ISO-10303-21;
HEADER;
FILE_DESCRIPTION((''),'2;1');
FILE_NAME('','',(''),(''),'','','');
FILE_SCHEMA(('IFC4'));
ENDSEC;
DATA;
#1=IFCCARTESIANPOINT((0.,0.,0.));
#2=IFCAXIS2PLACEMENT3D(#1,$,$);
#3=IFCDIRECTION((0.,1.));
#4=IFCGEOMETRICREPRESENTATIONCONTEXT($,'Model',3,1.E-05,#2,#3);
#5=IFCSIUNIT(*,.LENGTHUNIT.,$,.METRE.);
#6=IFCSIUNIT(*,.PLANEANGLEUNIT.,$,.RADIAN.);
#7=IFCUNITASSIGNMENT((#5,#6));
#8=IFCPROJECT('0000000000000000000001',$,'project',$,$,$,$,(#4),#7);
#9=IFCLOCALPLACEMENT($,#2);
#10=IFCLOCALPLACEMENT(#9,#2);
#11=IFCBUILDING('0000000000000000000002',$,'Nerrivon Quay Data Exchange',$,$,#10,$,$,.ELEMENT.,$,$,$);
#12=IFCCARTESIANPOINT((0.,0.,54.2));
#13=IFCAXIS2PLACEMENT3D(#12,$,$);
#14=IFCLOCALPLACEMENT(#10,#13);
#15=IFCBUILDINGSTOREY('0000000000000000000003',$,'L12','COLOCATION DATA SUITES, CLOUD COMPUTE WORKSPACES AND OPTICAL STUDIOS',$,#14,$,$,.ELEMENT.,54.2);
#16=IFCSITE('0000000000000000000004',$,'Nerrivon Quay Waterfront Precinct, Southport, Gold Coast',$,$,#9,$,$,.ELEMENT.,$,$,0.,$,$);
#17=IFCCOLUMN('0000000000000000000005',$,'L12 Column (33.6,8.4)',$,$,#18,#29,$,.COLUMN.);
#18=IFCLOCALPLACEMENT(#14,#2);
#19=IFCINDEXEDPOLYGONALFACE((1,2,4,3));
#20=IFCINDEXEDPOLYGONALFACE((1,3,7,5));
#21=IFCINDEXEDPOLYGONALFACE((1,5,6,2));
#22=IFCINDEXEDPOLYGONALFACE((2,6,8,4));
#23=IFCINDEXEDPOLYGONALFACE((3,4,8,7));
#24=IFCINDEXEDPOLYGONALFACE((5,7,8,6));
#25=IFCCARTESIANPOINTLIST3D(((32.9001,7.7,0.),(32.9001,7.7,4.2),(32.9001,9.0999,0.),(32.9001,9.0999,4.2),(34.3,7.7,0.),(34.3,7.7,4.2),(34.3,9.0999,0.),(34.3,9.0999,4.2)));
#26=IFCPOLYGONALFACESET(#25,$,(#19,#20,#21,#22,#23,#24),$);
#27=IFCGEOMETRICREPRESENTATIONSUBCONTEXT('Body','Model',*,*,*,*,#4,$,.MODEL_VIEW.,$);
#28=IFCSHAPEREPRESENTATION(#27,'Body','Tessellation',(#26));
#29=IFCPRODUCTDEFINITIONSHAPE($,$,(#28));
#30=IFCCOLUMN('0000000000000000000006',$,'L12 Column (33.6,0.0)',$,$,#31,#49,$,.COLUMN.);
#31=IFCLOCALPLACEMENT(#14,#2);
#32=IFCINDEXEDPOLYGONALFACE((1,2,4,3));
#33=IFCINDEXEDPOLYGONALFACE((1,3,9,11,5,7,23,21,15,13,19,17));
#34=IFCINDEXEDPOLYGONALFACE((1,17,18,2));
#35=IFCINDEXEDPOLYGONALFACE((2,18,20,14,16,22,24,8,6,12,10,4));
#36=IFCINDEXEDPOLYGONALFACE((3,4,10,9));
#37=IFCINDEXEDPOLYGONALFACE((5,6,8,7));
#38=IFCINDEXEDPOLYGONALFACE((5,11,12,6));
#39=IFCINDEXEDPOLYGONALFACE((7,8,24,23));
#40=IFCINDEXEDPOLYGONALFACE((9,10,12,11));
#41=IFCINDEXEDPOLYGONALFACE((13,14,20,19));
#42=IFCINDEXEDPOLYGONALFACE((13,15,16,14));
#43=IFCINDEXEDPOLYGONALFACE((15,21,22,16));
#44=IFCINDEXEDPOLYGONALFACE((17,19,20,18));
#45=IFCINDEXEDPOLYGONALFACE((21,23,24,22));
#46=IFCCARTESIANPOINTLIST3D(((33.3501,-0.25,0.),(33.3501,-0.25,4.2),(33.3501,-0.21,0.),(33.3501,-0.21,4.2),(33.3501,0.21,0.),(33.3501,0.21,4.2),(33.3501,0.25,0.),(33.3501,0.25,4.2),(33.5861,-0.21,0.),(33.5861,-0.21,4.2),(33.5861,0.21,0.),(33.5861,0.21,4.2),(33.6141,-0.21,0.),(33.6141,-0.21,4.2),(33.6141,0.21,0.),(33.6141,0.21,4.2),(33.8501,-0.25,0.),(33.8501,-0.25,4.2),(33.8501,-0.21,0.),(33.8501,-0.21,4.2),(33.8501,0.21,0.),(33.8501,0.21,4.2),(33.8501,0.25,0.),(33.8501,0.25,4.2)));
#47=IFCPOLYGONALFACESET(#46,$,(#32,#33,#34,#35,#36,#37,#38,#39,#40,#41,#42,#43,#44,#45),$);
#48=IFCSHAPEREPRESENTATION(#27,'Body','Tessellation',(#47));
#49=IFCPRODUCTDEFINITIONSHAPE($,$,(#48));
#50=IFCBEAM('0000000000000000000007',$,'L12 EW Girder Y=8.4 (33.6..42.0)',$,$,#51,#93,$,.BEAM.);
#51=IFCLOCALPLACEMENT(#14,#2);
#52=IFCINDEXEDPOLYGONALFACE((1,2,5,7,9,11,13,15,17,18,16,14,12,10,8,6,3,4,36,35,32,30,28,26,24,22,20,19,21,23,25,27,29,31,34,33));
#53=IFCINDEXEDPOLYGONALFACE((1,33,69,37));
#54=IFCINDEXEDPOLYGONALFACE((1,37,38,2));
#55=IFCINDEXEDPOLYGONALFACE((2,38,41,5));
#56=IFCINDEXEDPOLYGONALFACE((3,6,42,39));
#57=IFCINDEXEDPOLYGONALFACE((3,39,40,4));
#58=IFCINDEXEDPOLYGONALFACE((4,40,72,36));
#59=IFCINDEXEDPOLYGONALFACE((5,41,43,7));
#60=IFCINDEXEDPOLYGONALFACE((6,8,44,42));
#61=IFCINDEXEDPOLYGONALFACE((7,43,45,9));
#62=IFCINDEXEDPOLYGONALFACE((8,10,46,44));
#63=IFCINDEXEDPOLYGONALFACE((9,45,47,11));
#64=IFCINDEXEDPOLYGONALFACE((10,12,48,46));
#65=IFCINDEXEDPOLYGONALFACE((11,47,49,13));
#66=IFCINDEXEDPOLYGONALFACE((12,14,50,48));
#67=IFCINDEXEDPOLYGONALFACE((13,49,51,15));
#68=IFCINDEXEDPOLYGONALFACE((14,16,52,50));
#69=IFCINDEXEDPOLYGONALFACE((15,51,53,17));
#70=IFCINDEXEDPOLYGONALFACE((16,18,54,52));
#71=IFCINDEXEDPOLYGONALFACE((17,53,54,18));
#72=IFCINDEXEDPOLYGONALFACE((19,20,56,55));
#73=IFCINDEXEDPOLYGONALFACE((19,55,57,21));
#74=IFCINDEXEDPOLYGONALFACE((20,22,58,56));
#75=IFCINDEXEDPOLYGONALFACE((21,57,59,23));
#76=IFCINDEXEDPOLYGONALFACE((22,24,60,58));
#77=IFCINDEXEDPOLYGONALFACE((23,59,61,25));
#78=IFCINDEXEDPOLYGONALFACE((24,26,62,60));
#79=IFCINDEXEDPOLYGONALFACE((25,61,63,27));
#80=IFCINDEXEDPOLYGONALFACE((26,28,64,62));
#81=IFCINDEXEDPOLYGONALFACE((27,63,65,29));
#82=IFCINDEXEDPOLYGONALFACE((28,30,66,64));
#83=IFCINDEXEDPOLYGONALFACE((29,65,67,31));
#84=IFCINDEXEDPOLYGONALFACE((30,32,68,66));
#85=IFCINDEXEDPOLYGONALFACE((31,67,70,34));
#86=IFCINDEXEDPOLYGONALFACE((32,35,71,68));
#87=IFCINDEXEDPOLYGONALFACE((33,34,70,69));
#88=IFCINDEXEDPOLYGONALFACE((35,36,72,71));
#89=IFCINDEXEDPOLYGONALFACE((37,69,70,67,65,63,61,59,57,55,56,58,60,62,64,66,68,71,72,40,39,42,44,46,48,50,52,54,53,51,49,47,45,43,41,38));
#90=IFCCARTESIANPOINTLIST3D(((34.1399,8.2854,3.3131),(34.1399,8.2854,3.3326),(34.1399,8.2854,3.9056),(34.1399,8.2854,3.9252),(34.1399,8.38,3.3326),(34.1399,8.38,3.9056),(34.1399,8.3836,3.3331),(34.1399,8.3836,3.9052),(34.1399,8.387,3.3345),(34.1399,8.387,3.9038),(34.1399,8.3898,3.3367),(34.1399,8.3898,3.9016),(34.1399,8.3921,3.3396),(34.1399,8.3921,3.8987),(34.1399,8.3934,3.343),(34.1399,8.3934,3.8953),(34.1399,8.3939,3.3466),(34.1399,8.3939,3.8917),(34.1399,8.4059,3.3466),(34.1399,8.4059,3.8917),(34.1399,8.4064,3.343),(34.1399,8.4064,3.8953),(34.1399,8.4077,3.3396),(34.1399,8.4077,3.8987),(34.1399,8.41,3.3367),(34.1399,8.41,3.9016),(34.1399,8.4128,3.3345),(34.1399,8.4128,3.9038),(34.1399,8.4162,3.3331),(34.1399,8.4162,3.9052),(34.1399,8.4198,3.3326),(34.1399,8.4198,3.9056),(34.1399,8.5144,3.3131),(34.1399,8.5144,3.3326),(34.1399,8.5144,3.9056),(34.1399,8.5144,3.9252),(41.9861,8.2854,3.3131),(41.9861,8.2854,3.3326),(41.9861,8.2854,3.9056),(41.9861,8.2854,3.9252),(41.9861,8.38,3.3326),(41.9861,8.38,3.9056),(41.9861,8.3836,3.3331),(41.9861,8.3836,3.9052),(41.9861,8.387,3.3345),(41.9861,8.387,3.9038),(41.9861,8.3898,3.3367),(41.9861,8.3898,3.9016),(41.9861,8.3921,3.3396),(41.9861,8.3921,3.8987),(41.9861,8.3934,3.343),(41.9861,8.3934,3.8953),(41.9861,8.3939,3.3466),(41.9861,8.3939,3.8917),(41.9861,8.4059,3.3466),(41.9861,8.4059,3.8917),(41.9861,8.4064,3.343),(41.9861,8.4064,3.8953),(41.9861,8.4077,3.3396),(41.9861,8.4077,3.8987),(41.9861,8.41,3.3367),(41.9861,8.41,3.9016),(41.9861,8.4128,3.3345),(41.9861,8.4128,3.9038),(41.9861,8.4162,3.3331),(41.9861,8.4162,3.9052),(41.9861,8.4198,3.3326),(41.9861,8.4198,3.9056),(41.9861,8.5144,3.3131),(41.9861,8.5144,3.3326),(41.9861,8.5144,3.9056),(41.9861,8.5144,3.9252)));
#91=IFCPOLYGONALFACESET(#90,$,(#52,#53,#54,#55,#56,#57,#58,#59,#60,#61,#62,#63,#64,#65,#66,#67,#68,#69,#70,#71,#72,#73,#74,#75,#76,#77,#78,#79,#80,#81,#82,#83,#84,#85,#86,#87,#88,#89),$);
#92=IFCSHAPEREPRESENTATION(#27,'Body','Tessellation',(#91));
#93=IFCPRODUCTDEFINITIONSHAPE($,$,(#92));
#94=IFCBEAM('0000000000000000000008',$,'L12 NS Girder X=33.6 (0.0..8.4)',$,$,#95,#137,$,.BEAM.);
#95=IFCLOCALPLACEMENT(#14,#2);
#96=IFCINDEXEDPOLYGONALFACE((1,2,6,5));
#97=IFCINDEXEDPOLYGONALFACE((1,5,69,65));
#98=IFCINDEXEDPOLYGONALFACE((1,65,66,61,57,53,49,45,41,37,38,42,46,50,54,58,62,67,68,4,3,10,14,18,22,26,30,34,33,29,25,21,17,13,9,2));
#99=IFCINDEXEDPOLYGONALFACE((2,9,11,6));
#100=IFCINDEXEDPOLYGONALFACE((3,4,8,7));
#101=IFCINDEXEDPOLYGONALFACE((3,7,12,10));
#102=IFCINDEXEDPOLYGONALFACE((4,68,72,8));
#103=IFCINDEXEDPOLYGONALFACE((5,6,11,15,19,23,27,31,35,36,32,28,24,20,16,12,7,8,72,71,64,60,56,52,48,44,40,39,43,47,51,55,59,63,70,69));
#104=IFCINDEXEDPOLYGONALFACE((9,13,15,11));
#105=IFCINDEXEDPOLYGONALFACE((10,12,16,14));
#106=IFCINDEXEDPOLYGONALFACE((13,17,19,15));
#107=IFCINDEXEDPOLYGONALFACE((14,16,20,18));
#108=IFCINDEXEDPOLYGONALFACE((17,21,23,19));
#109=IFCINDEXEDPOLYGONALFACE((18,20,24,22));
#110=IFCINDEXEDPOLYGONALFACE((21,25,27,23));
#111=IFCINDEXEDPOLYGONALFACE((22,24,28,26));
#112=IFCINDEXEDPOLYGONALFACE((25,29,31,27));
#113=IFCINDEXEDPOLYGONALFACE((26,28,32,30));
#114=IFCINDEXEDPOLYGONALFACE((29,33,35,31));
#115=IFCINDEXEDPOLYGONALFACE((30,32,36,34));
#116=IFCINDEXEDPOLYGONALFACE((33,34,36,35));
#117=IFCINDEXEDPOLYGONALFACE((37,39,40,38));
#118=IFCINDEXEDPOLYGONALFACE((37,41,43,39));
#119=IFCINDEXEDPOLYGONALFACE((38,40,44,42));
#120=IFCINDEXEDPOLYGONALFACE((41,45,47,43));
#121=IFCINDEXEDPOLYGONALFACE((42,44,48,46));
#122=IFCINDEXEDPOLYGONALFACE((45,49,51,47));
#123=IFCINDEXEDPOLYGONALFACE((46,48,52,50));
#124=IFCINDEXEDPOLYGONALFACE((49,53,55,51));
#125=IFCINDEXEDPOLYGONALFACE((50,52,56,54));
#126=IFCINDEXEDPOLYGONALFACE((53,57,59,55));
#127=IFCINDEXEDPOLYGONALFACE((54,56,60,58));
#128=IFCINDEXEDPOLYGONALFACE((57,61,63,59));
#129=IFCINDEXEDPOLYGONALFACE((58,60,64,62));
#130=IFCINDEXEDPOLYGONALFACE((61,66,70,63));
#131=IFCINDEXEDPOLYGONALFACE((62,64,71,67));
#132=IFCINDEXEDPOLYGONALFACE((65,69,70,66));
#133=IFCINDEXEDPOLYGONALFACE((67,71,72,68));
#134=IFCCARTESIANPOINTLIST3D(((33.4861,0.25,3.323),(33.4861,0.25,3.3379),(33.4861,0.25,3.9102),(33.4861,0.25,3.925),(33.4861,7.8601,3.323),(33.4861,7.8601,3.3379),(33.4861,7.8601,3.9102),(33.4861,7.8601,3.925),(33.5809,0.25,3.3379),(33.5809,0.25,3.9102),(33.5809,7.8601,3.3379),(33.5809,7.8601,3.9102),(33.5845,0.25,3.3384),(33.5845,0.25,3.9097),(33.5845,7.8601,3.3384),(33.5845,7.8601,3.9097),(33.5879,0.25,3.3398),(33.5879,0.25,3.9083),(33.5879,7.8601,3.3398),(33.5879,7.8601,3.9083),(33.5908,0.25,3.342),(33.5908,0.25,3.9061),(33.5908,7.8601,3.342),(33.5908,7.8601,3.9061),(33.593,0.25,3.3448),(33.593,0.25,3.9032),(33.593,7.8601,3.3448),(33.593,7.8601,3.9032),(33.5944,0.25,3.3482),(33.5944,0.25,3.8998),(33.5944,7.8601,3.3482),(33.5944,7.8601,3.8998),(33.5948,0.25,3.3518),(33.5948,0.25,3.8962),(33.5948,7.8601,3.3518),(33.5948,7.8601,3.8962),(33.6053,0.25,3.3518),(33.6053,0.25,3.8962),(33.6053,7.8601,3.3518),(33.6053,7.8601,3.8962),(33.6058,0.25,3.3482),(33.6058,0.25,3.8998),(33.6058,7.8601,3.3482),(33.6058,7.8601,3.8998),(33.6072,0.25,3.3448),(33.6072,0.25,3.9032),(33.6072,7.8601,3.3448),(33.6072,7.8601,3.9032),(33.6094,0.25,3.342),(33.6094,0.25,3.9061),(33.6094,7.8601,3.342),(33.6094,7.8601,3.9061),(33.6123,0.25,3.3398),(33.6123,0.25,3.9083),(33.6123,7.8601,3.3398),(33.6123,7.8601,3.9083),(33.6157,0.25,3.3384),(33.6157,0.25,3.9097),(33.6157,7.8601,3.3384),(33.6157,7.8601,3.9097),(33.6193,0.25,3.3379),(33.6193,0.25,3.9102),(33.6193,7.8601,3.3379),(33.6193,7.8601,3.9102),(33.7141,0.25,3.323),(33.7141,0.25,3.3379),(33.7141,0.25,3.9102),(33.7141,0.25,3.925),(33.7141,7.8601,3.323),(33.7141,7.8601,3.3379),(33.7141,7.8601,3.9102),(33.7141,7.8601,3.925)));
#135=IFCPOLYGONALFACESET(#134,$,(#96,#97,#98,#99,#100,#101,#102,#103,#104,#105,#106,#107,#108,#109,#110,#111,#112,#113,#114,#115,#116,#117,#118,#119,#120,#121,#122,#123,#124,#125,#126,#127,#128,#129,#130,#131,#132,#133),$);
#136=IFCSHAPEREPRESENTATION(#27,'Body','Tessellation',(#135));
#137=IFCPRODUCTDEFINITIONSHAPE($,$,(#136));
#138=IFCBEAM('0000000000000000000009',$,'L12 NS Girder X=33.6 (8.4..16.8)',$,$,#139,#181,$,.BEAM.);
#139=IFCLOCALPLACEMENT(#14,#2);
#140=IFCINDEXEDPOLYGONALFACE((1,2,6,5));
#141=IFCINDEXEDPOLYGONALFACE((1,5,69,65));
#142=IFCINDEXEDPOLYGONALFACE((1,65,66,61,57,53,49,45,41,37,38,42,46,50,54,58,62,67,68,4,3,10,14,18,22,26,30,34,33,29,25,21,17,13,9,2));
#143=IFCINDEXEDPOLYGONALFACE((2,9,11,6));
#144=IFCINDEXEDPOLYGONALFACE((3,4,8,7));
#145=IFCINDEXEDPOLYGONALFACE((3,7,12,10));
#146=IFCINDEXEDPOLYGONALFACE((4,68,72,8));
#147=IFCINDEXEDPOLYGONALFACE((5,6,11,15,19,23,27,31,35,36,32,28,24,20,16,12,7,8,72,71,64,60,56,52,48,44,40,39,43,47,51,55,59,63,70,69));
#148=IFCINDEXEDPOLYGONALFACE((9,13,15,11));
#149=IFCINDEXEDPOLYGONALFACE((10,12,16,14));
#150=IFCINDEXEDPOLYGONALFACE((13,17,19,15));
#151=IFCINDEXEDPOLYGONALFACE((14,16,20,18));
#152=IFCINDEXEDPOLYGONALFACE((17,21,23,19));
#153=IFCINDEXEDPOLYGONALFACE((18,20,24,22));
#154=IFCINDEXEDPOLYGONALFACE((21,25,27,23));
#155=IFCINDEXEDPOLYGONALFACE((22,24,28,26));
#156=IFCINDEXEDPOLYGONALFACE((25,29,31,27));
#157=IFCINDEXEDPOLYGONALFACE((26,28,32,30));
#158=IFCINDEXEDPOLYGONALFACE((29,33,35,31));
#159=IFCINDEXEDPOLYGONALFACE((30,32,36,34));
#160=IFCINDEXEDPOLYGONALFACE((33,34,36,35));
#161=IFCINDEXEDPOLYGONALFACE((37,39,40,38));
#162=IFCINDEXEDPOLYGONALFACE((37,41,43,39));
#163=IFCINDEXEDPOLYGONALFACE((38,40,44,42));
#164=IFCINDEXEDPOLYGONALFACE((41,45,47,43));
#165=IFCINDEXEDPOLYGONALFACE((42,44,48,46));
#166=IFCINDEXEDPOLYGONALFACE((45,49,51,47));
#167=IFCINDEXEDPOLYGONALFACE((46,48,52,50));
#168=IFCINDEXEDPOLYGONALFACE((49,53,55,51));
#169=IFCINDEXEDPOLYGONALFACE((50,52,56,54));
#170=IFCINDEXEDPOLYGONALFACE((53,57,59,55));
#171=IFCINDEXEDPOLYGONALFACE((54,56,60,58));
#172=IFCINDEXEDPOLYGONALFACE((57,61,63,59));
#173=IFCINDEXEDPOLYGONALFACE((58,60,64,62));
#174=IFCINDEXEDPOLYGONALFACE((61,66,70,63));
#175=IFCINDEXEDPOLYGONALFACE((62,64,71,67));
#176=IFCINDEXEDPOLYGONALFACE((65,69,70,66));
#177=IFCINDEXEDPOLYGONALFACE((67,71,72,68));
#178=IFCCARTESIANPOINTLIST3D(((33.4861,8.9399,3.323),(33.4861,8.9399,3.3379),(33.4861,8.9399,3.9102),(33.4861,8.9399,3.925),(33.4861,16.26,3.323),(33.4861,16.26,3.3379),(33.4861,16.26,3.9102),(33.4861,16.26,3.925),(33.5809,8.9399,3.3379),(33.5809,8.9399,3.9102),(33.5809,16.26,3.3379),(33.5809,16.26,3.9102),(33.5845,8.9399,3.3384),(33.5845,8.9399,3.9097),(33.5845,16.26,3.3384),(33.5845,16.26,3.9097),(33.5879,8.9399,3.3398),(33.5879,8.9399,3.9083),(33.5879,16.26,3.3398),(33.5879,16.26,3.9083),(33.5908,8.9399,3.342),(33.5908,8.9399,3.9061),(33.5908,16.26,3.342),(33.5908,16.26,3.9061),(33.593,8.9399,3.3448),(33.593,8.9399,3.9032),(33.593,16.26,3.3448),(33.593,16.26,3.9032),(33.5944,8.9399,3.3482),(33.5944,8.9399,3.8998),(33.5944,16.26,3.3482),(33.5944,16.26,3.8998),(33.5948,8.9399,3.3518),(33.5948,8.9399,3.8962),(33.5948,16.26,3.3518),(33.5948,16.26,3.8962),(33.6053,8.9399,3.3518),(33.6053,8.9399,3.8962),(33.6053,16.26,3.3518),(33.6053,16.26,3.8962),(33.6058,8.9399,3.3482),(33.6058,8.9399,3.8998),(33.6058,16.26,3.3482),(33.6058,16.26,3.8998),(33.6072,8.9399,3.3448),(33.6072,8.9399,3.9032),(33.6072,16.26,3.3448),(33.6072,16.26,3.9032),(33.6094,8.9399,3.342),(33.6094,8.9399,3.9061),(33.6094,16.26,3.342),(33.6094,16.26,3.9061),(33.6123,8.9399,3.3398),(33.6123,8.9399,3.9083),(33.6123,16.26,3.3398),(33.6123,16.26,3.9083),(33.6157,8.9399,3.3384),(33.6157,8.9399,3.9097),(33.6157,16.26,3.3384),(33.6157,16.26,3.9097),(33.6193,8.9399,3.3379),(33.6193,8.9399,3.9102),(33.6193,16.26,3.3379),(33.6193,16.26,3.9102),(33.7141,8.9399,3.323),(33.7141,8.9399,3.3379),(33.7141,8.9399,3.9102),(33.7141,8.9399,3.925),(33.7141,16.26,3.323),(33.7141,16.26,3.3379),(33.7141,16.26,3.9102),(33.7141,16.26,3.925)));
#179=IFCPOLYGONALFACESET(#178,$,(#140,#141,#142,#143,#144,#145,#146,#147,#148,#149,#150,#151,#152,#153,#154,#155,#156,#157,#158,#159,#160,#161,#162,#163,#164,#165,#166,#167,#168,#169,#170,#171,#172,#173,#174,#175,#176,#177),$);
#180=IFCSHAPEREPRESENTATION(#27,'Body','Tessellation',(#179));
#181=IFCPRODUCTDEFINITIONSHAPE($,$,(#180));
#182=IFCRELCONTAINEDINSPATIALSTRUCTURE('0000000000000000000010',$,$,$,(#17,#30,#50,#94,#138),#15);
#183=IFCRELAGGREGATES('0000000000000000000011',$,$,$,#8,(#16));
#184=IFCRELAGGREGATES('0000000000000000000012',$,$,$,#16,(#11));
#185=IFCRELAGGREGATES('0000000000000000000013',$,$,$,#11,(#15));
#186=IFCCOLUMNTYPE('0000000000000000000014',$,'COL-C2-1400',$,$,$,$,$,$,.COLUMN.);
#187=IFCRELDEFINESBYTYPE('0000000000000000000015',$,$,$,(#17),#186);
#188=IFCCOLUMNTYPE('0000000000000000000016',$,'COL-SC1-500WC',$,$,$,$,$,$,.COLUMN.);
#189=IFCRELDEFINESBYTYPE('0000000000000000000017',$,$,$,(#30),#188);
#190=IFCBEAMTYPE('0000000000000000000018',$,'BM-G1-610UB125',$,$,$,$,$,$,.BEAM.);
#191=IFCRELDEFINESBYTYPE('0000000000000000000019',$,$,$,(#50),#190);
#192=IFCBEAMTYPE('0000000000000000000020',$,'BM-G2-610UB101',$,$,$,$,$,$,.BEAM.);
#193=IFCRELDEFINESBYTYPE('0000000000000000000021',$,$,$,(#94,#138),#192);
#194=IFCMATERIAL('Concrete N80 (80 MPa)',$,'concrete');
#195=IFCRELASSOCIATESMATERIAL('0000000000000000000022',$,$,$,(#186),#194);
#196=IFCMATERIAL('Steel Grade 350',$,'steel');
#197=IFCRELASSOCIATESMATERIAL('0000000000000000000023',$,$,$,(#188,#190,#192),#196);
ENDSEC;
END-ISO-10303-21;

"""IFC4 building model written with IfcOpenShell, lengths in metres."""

from ifc_helpers import new_model, si_unit, direction, frame, origin, origin_2d, place, context, subcontext, project, spatial, rectangle, i_section, extrude, material, material_profile, profile_set, type_object, element, save


model = new_model("IFC4")

# Units and contexts
model_context = context("Model", 3, precision=1e-05, world=origin(), true_north=direction((0.0, 1.0)))
body_context = subcontext(model_context, "Body", "Model", "MODEL_VIEW")
ifc_project = project(units=[si_unit("LENGTHUNIT", "METRE"), si_unit("PLANEANGLEUNIT", "RADIAN")], contexts=[model_context])

# Site, building, storey
site_placement = place(None, origin())
site = spatial("IfcSite", under=ifc_project, at=site_placement, Name="Nerrivon Quay Waterfront Precinct, Southport, Gold Coast", CompositionType="ELEMENT", RefElevation=0.0)
building_placement = place(site_placement, origin())
building = spatial("IfcBuilding", under=site, at=building_placement, Name="Nerrivon Quay Data Exchange", CompositionType="ELEMENT")
storey_placement = place(building_placement, frame((0.0, 0.0, 54.2)))
storey = spatial("IfcBuildingStorey", under=building, at=storey_placement, Name="L12", Description="COLOCATION DATA SUITES, CLOUD COMPUTE WORKSPACES AND OPTICAL STUDIOS", CompositionType="ELEMENT", Elevation=54.2)

# Columns
ifc_material_1 = material(Name="Concrete N80 (80 MPa)", Category="concrete")
ifc_material_profile_1 = material_profile(ifc_material_1, rectangle(XDim=1.3999, YDim=1.3999, at=origin_2d()), Name="RC-COL-1400x1400")
ifc_profile_set_1 = profile_set([ifc_material_profile_1], Name="Concrete N80 (80 MPa)")
column_type_1 = type_object("IfcColumnType", Name="COL-C2-1400", PredefinedType="COLUMN", material=ifc_profile_set_1)
column_1_placement = place(storey_placement, frame((33.6001, 8.3999, 0.0), z_axis=(0.0, 0.0, 1.0), x_axis=(1.0, 0.0, 0.0)))
element("IfcColumn", 1, at=column_1_placement, inside=storey, type_object=column_type_1, Name="L12 Column (33.6,8.4)", PredefinedType="COLUMN", context=body_context, shape_type="SweptSolid", body=[
    extrude(rectangle(XDim=1.3999, YDim=1.3999, at=origin_2d()), origin(), (0.0, 0.0, 1.0), 4.2),
])
ifc_material_2 = material(Name="Steel Grade 350", Category="steel")
ifc_material_profile_2 = material_profile(ifc_material_2, i_section(OverallWidth=0.5, OverallDepth=0.5, WebThickness=0.0281, FlangeThickness=0.04, at=origin_2d()), Name="500WC440")
ifc_profile_set_2 = profile_set([ifc_material_profile_2], Name="Steel Grade 350")
column_type_2 = type_object("IfcColumnType", Name="COL-SC1-500WC", PredefinedType="COLUMN", material=ifc_profile_set_2)
column_2_placement = place(storey_placement, frame((33.6001, 0.0, 0.0), z_axis=(0.0, 0.0, 1.0), x_axis=(1.0, 0.0, 0.0)))
element("IfcColumn", 2, at=column_2_placement, inside=storey, type_object=column_type_2, Name="L12 Column (33.6,0.0)", PredefinedType="COLUMN", context=body_context, shape_type="SweptSolid", body=[
    extrude(i_section(OverallWidth=0.5, OverallDepth=0.5, WebThickness=0.0281, FlangeThickness=0.04, at=origin_2d()), origin(), (0.0, 0.0, 1.0), 4.2),
])

# Beams
ifc_material_profile_3 = material_profile(ifc_material_2, i_section(OverallWidth=0.229, OverallDepth=0.6121, WebThickness=0.012, FlangeThickness=0.0195, FilletRadius=0.0139, at=origin_2d()), Name="610UB125")
ifc_profile_set_3 = profile_set([ifc_material_profile_3], Name="Steel Grade 350")
beam_type_1 = type_object("IfcBeamType", Name="BM-G1-610UB125", PredefinedType="BEAM", material=ifc_profile_set_3)
beam_1_placement = place(storey_placement, frame((34.1399, 8.3999, 3.6191), z_axis=(1.0, 0.0, 0.0), x_axis=(0.0, 1.0, 0.0)))
element("IfcBeam", 3, at=beam_1_placement, inside=storey, type_object=beam_type_1, Name="L12 EW Girder Y=8.4 (33.6..42.0)", PredefinedType="BEAM", context=body_context, shape_type="SweptSolid", body=[
    extrude(i_section(OverallWidth=0.229, OverallDepth=0.6121, WebThickness=0.012, FlangeThickness=0.0195, FilletRadius=0.0139, at=origin_2d()), origin(), (0.0, 0.0, 1.0), 7.8462),
])
ifc_material_profile_4 = material_profile(ifc_material_2, i_section(OverallWidth=0.228, OverallDepth=0.6021, WebThickness=0.0105, FlangeThickness=0.0149, FilletRadius=0.0139, at=origin_2d()), Name="610UB101")
ifc_profile_set_4 = profile_set([ifc_material_profile_4], Name="Steel Grade 350")
beam_type_2 = type_object("IfcBeamType", Name="BM-G2-610UB101", PredefinedType="BEAM", material=ifc_profile_set_4)
beam_2_placement = place(storey_placement, frame((33.6001, 0.25, 3.624), z_axis=(0.0, 1.0, 0.0), x_axis=(-1.0, 0.0, 0.0)))
element("IfcBeam", 4, at=beam_2_placement, inside=storey, type_object=beam_type_2, Name="L12 NS Girder X=33.6 (0.0..8.4)", PredefinedType="BEAM", context=body_context, shape_type="SweptSolid", body=[
    extrude(i_section(OverallWidth=0.228, OverallDepth=0.6021, WebThickness=0.0105, FlangeThickness=0.0149, FilletRadius=0.0139, at=origin_2d()), origin(), (0.0, 0.0, 1.0), 7.6101),
])
beam_3_placement = place(storey_placement, frame((33.6001, 8.9399, 3.624), z_axis=(0.0, 1.0, 0.0), x_axis=(-1.0, 0.0, 0.0)))
element("IfcBeam", 5, at=beam_3_placement, inside=storey, type_object=beam_type_2, Name="L12 NS Girder X=33.6 (8.4..16.8)", PredefinedType="BEAM", context=body_context, shape_type="SweptSolid", body=[
    extrude(i_section(OverallWidth=0.228, OverallDepth=0.6021, WebThickness=0.0105, FlangeThickness=0.0149, FilletRadius=0.0139, at=origin_2d()), origin(), (0.0, 0.0, 1.0), 7.3201),
])

save(model, "model.ifc")
